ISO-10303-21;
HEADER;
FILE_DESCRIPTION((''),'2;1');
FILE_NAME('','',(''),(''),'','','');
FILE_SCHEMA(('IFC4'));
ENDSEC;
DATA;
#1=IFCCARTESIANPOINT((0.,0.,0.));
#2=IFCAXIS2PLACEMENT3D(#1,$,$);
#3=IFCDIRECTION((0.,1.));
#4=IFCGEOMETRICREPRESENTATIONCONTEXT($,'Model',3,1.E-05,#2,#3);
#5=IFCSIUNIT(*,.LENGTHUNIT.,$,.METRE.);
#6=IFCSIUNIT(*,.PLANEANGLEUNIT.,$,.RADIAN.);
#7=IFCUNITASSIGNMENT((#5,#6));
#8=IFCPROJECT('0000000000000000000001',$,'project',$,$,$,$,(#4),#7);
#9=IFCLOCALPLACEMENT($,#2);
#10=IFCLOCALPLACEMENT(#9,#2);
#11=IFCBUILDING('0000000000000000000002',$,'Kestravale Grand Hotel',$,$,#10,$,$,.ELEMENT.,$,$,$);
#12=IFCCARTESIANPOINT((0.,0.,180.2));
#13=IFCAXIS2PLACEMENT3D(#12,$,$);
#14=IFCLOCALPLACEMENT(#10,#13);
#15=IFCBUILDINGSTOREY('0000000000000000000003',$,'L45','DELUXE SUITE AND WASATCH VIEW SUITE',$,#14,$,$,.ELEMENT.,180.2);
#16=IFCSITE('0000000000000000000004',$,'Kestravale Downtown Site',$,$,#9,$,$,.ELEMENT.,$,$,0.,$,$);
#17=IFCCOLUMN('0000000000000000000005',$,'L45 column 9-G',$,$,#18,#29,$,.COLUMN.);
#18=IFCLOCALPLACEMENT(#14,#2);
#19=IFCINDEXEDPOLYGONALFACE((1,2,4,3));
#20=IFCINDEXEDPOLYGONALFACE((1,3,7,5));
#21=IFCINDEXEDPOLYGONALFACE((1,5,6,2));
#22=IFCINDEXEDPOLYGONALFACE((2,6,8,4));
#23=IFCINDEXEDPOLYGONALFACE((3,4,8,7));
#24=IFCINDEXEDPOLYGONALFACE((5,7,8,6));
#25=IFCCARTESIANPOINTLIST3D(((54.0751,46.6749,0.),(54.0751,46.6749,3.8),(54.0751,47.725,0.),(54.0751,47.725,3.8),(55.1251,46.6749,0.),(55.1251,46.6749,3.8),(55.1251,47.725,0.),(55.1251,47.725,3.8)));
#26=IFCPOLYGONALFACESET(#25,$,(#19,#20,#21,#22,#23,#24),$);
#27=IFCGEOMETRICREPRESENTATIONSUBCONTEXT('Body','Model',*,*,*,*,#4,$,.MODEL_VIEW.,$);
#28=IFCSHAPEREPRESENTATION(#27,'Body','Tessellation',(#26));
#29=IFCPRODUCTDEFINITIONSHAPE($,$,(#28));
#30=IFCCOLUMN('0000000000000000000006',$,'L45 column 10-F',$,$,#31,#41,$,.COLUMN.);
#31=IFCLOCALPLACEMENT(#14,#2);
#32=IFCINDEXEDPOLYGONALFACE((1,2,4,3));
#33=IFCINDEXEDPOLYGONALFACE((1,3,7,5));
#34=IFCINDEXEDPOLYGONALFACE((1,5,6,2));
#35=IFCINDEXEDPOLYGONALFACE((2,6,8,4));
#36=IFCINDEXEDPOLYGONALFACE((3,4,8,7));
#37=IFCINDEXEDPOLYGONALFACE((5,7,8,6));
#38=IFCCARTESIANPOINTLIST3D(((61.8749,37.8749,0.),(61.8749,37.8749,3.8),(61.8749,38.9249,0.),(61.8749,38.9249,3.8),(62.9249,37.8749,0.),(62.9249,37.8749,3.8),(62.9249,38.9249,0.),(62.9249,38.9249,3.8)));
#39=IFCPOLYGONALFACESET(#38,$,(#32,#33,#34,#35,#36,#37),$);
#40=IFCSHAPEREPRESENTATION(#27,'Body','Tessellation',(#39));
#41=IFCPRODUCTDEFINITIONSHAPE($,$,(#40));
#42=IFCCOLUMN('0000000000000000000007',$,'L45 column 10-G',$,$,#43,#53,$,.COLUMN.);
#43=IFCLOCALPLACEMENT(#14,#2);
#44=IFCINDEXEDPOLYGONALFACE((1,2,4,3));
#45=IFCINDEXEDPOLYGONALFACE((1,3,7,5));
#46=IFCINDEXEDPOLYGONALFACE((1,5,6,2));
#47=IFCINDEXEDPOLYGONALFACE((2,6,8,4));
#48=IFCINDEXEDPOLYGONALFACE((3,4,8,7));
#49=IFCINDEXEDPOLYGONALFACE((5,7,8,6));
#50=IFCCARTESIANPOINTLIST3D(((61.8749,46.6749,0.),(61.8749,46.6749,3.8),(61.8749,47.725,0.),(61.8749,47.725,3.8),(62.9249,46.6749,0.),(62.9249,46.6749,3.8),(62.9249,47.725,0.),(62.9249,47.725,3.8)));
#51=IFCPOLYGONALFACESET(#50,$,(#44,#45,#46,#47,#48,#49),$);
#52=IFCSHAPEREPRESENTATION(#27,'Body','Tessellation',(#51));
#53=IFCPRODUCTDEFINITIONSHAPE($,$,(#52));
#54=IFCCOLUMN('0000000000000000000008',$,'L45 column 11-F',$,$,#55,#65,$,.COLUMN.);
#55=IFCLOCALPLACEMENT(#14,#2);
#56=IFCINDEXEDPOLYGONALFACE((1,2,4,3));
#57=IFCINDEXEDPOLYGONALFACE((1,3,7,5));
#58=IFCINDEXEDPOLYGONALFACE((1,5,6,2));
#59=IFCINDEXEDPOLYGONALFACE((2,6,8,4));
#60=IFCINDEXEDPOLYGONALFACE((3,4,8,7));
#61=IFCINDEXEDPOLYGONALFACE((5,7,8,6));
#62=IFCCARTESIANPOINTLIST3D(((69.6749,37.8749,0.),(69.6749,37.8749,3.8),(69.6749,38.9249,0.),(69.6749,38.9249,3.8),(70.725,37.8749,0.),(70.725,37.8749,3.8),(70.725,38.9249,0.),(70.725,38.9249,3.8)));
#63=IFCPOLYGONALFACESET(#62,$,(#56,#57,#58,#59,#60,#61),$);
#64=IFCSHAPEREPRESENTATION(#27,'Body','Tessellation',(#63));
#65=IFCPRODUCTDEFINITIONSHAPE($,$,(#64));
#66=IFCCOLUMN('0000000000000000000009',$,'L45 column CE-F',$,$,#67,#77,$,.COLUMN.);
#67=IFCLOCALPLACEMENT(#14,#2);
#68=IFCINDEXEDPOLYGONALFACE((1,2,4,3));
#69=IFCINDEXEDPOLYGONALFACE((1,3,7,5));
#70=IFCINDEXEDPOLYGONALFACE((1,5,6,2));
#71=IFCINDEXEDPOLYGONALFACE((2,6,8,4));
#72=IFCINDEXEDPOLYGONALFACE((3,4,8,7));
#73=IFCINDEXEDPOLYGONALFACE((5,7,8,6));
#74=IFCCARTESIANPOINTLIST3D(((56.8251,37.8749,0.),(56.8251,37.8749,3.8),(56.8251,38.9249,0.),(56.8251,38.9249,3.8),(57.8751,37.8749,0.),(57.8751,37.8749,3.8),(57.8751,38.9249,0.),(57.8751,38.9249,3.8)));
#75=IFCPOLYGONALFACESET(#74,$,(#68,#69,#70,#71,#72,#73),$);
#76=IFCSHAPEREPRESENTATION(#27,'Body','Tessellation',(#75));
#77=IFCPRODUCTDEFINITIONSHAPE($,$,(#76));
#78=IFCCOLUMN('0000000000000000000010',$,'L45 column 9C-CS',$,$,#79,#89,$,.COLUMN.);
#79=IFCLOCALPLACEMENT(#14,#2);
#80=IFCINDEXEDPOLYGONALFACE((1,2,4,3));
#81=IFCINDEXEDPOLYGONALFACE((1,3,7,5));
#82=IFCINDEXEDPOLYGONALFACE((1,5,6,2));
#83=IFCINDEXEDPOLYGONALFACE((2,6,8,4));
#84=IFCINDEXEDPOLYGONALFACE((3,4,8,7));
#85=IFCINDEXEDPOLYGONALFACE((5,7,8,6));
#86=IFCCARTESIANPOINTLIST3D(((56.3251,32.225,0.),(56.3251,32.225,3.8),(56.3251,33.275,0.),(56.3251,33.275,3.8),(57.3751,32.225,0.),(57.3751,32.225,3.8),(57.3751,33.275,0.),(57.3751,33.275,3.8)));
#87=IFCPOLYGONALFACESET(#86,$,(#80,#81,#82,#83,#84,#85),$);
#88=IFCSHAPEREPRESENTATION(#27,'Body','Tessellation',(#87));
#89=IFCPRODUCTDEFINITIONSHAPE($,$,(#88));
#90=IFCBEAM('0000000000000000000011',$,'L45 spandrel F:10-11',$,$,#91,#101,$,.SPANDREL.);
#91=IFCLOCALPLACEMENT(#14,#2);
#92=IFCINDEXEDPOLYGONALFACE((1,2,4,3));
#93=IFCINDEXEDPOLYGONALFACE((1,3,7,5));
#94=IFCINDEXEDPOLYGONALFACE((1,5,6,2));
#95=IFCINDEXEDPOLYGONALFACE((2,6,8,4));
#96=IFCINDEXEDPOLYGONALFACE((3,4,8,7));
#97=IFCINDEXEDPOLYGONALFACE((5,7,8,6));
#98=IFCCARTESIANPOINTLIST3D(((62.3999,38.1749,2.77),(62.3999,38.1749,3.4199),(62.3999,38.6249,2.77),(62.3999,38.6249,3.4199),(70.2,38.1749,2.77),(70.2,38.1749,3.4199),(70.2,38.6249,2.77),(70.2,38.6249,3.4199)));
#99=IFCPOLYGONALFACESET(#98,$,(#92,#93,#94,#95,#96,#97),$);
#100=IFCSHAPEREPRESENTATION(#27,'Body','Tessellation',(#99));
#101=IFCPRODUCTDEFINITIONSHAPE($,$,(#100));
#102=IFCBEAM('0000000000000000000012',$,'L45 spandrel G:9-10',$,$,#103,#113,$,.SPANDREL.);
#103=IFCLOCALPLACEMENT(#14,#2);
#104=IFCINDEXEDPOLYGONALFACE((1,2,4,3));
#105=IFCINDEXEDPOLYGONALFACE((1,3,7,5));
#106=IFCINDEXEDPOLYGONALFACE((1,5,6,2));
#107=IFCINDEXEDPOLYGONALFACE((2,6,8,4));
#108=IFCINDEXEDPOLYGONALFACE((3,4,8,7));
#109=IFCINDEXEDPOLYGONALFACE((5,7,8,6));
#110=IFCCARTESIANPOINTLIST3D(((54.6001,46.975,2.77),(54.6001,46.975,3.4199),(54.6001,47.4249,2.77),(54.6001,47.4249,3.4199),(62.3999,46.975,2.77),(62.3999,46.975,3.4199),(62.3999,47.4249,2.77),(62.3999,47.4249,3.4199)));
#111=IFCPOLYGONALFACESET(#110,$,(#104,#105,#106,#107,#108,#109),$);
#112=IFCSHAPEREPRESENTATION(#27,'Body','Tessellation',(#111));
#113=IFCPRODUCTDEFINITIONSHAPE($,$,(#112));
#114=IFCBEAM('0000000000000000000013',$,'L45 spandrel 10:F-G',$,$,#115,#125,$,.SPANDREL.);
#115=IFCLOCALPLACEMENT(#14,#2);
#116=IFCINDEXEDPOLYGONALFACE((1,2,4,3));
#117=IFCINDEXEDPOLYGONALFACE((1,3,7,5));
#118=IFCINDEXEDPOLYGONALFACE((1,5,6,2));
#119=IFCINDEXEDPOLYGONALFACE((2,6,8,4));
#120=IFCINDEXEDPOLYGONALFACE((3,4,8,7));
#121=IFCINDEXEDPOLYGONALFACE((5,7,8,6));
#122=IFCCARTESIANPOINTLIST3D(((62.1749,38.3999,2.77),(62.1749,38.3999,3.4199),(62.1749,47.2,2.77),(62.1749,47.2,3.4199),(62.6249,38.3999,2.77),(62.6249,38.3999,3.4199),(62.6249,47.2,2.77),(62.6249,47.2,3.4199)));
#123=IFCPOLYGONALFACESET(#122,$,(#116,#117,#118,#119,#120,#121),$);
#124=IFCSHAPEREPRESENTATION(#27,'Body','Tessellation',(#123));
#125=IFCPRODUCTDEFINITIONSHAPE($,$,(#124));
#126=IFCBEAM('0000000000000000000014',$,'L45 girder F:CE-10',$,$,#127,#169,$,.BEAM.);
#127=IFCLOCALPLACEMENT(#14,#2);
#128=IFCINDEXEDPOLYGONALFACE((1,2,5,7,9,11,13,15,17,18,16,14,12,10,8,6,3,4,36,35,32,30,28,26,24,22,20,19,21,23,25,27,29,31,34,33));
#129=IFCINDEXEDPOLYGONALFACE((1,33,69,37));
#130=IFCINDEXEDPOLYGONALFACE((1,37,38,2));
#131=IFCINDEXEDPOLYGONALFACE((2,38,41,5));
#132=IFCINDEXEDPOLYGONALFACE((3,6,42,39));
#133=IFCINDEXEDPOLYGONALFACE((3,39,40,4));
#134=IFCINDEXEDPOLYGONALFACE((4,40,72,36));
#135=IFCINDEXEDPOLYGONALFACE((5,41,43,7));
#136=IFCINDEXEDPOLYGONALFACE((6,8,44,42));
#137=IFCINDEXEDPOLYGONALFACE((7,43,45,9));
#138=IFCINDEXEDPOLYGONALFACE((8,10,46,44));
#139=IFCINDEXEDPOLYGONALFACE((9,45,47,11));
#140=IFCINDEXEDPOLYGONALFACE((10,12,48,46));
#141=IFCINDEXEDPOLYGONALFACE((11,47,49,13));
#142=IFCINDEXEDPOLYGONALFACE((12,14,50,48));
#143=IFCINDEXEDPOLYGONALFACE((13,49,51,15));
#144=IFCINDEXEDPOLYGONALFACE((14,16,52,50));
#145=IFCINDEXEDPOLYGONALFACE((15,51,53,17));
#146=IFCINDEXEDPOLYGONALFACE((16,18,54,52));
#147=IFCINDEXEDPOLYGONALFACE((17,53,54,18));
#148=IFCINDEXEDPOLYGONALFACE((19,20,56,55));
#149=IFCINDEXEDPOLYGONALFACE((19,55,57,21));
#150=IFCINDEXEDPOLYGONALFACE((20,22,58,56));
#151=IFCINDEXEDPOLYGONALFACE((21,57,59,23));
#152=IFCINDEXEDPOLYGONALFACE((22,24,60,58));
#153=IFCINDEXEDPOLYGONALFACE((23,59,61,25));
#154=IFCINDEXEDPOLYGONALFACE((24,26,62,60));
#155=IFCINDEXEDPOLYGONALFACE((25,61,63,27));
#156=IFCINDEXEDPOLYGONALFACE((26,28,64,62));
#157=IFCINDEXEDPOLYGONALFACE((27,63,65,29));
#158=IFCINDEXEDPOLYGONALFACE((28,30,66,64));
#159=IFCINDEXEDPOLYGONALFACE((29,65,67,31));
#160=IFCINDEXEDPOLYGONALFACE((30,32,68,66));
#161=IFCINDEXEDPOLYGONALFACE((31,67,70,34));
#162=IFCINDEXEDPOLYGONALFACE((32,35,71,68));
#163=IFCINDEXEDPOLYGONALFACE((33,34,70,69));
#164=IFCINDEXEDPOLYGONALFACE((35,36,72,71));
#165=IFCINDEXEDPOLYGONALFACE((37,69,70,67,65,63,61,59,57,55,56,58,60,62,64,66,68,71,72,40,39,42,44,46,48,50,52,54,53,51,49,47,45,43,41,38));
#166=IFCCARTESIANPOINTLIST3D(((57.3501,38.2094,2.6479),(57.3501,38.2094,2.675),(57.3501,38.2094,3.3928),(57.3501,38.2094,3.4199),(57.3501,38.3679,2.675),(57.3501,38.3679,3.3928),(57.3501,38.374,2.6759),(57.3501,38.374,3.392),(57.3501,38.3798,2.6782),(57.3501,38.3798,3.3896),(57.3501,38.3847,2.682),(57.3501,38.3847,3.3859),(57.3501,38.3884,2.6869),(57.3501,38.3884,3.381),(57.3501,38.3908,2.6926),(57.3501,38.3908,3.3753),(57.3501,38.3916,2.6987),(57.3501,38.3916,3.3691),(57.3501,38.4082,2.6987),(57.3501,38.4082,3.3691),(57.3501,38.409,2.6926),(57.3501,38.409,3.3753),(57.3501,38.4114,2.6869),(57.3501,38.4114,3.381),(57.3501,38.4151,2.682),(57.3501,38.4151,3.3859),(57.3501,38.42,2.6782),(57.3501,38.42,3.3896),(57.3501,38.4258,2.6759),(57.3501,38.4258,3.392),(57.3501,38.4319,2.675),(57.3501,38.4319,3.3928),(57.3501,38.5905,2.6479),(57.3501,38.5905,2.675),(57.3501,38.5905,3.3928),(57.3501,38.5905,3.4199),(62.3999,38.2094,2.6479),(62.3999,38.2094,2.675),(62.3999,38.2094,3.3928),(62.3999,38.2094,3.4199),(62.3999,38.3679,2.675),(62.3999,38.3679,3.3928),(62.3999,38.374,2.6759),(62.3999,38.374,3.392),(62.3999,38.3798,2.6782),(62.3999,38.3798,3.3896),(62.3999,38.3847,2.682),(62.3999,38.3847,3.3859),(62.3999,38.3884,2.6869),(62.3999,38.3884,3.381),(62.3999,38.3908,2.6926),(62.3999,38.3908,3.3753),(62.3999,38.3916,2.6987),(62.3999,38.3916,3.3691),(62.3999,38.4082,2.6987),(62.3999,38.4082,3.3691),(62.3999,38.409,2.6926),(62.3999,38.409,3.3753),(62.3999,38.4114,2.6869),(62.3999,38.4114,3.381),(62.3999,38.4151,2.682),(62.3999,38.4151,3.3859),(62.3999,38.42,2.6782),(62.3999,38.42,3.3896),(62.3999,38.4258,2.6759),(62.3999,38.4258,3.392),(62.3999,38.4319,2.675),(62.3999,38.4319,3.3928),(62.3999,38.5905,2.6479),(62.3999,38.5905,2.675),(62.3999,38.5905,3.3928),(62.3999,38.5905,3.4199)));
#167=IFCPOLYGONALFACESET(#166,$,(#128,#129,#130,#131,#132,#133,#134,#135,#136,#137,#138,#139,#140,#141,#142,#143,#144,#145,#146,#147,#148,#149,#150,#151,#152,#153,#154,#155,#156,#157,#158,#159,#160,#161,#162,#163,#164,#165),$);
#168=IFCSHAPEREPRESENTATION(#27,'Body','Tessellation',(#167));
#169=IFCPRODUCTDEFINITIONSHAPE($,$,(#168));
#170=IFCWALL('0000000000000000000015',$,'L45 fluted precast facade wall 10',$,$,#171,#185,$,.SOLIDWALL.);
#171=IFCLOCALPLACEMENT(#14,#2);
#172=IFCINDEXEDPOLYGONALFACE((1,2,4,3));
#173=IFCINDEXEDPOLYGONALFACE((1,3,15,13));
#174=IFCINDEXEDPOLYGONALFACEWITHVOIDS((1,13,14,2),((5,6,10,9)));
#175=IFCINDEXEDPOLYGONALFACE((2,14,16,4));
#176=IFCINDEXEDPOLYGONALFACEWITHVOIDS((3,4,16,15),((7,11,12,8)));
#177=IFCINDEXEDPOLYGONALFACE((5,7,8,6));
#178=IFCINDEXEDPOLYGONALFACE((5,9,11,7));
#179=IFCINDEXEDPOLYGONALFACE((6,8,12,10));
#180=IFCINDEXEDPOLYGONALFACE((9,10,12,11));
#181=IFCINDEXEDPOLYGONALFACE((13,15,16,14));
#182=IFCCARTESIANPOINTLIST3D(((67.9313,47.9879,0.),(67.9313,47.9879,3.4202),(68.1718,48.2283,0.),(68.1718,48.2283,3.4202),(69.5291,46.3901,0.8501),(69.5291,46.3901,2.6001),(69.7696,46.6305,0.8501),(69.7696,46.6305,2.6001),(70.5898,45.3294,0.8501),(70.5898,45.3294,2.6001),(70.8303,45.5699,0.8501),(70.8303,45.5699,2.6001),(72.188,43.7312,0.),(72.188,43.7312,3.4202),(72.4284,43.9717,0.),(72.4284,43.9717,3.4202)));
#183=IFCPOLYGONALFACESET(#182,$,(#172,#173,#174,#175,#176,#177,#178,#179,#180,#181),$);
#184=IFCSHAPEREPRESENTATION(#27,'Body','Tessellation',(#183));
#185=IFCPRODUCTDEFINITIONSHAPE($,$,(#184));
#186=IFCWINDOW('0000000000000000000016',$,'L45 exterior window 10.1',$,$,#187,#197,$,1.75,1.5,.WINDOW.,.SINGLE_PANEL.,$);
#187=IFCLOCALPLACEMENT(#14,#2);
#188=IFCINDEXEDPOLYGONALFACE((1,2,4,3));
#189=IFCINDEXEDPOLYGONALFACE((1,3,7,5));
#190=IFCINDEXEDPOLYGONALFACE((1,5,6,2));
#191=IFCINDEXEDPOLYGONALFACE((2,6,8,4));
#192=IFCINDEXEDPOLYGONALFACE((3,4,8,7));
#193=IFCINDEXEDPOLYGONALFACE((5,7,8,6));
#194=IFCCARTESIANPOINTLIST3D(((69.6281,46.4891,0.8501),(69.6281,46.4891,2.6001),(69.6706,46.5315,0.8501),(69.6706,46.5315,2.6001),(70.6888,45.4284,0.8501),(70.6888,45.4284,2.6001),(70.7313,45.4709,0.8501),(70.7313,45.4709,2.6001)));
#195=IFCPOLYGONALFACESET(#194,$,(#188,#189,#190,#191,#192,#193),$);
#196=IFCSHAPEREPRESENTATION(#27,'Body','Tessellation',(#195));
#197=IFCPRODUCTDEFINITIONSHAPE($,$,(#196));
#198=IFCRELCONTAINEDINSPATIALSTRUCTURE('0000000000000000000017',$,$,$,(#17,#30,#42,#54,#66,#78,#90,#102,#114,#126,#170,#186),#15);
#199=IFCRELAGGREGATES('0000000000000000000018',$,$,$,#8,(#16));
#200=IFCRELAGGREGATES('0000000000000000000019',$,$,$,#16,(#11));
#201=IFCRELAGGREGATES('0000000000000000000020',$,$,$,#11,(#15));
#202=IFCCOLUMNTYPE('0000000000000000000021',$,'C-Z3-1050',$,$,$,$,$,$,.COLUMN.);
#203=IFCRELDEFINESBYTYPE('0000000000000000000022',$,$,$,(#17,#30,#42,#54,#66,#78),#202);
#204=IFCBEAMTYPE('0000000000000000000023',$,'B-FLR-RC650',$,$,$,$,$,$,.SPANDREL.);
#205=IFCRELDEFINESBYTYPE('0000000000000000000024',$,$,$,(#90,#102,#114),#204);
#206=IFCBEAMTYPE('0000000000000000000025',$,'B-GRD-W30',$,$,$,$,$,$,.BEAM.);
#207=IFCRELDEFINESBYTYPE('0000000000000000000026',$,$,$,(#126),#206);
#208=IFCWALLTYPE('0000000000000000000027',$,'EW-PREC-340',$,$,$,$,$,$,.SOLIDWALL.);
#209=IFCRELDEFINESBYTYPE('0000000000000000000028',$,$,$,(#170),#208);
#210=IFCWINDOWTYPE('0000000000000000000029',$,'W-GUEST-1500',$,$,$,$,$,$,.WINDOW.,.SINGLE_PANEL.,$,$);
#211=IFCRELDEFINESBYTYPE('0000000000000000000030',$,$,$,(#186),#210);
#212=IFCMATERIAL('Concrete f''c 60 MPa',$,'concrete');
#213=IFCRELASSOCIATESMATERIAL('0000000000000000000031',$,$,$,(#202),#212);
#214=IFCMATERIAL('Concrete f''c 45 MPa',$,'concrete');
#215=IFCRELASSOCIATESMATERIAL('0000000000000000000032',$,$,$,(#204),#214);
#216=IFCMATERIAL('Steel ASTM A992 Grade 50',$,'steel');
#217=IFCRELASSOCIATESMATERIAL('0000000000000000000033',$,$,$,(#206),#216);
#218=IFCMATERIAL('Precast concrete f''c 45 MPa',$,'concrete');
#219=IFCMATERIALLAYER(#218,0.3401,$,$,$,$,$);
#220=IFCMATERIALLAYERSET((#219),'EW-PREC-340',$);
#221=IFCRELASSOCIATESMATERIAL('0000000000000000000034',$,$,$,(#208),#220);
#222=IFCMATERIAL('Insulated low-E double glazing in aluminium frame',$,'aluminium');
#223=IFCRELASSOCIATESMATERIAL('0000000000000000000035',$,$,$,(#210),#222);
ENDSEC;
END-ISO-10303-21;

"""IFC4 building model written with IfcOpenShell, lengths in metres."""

from ifc_helpers import new_model, si_unit, direction, frame, frame_2d, origin, origin_2d, place, context, subcontext, project, spatial, rectangle, i_section, extrude, material, layer, layer_set, material_profile, profile_set, type_object, element, fill, save


model = new_model("IFC4")

# Units and contexts
model_context = context("Model", 3, precision=1e-05, world=origin(), true_north=direction((0.0, 1.0)))
body_context = subcontext(model_context, "Body", "Model", "MODEL_VIEW")
ifc_project = project(units=[si_unit("LENGTHUNIT", "METRE"), si_unit("PLANEANGLEUNIT", "RADIAN")], contexts=[model_context])

# Site, building, storey
site_placement = place(None, origin())
site = spatial("IfcSite", under=ifc_project, at=site_placement, Name="Kestravale Downtown Site", CompositionType="ELEMENT", RefElevation=0.0)
building_placement = place(site_placement, origin())
building = spatial("IfcBuilding", under=site, at=building_placement, Name="Kestravale Grand Hotel", CompositionType="ELEMENT")
storey_placement = place(building_placement, frame((0.0, 0.0, 180.2)))
storey = spatial("IfcBuildingStorey", under=building, at=storey_placement, Name="L45", Description="DELUXE SUITE AND WASATCH VIEW SUITE", CompositionType="ELEMENT", Elevation=180.2)

# Columns
ifc_material_1 = material(Name="Concrete f'c 60 MPa", Category="concrete")
ifc_material_profile_1 = material_profile(ifc_material_1, rectangle(XDim=1.05, YDim=1.05, at=origin_2d()))
ifc_profile_set_1 = profile_set([ifc_material_profile_1], Name="Concrete f'c 60 MPa")
column_type = type_object("IfcColumnType", Name="C-Z3-1050", PredefinedType="COLUMN", material=ifc_profile_set_1)
for number, where, z_axis, x_axis, name in (
    (1, (54.6001, 47.2, 0.0), (0.0, 0.0, 1.0), (1.0, 0.0, 0.0), "L45 column 9-G"),
    (2, (62.3999, 38.3999, 0.0), (0.0, 0.0, 1.0), (1.0, 0.0, 0.0), "L45 column 10-F"),
    (3, (62.3999, 47.2, 0.0), (0.0, 0.0, 1.0), (1.0, 0.0, 0.0), "L45 column 10-G"),
    (4, (70.2, 38.3999, 0.0), (0.0, 0.0, 1.0), (1.0, 0.0, 0.0), "L45 column 11-F"),
    (5, (57.3501, 38.3999, 0.0), (0.0, 0.0, 1.0), (1.0, 0.0, 0.0), "L45 column CE-F"),
    (6, (56.8501, 32.75, 0.0), (0.0, 0.0, 1.0), (1.0, 0.0, 0.0), "L45 column 9C-CS"),
):
    element("IfcColumn", number, at=place(storey_placement, frame(where, z_axis=z_axis, x_axis=x_axis)), inside=storey, type_object=column_type, Name=name, PredefinedType="COLUMN", context=body_context, shape_type="SweptSolid", body=[
        extrude(rectangle(XDim=1.05, YDim=1.05, at=origin_2d()), origin(), (0.0, 0.0, 1.0), 3.8),
    ])

# Beams
ifc_material_2 = material(Name="Concrete f'c 45 MPa", Category="concrete")
ifc_material_profile_2 = material_profile(ifc_material_2, rectangle(XDim=0.45, YDim=0.6499, at=origin_2d()))
ifc_profile_set_2 = profile_set([ifc_material_profile_2], Name="Concrete f'c 45 MPa")
beam_type_1 = type_object("IfcBeamType", Name="B-FLR-RC650", PredefinedType="SPANDREL", material=ifc_profile_set_2)
beam_1_placement = place(storey_placement, frame((62.3999, 38.3999, 3.095), z_axis=(1.0, 0.0, 0.0), x_axis=(0.0, 1.0, 0.0)))
element("IfcBeam", 7, at=beam_1_placement, inside=storey, type_object=beam_type_1, Name="L45 spandrel F:10-11", PredefinedType="SPANDREL", context=body_context, shape_type="SweptSolid", body=[
    extrude(rectangle(XDim=0.45, YDim=0.6499, at=origin_2d()), origin(), (0.0, 0.0, 1.0), 7.8),
])
beam_2_placement = place(storey_placement, frame((54.6001, 47.2, 3.095), z_axis=(1.0, 0.0, 0.0), x_axis=(0.0, 1.0, 0.0)))
element("IfcBeam", 8, at=beam_2_placement, inside=storey, type_object=beam_type_1, Name="L45 spandrel G:9-10", PredefinedType="SPANDREL", context=body_context, shape_type="SweptSolid", body=[
    extrude(rectangle(XDim=0.45, YDim=0.6499, at=origin_2d()), origin(), (0.0, 0.0, 1.0), 7.7998),
])
beam_3_placement = place(storey_placement, frame((62.3999, 38.3999, 3.095), z_axis=(0.0, 1.0, 0.0), x_axis=(-1.0, 0.0, 0.0)))
element("IfcBeam", 9, at=beam_3_placement, inside=storey, type_object=beam_type_1, Name="L45 spandrel 10:F-G", PredefinedType="SPANDREL", context=body_context, shape_type="SweptSolid", body=[
    extrude(rectangle(XDim=0.45, YDim=0.6499, at=origin_2d()), origin(), (0.0, 0.0, 1.0), 8.8),
])
ifc_material_3 = material(Name="Steel ASTM A992 Grade 50", Category="steel")
ifc_material_profile_3 = material_profile(ifc_material_3, i_section(OverallWidth=0.3811, OverallDepth=0.772, WebThickness=0.0166, FlangeThickness=0.0271, FilletRadius=0.0237, at=origin_2d()))
ifc_profile_set_3 = profile_set([ifc_material_profile_3], Name="Steel ASTM A992 Grade 50")
beam_type_2 = type_object("IfcBeamType", Name="B-GRD-W30", PredefinedType="BEAM", material=ifc_profile_set_3)
beam_4_placement = place(storey_placement, frame((57.3501, 38.3999, 3.0339), z_axis=(1.0, 0.0, 0.0), x_axis=(0.0, 1.0, 0.0)))
element("IfcBeam", 10, at=beam_4_placement, inside=storey, type_object=beam_type_2, Name="L45 girder F:CE-10", PredefinedType="BEAM", context=body_context, shape_type="SweptSolid", body=[
    extrude(i_section(OverallWidth=0.3811, OverallDepth=0.772, WebThickness=0.0166, FlangeThickness=0.0271, FilletRadius=0.0237, at=origin_2d()), origin(), (0.0, 0.0, 1.0), 5.0498),
])

# Wall, opening, window
ifc_material_4 = material(Name="Precast concrete f'c 45 MPa", Category="concrete")
ifc_layer_1 = layer(ifc_material_4, 0.3401)
ifc_layer_set_1 = layer_set([ifc_layer_1], Name="EW-PREC-340")
wall_type_1 = type_object("IfcWallType", Name="EW-PREC-340", PredefinedType="SOLIDWALL", material=ifc_layer_set_1)
wall_1_placement = place(storey_placement, frame((72.3081, 43.8516, 0.0), z_axis=(0.0, 0.0, 1.0), x_axis=(-0.707107, 0.707107, 0.0)))
wall_1 = element("IfcWall", 11, at=wall_1_placement, inside=storey, type_object=wall_type_1, Name="L45 fluted precast facade wall 10", PredefinedType="SOLIDWALL", context=body_context, shape_type="SweptSolid", body=[
    extrude(rectangle(XDim=6.0198, YDim=0.3401, at=frame_2d((3.0098, 0.0))), origin(), (0.0, 0.0, 1.0), 3.4202),
])
opening_1_placement = place(wall_1_placement, frame((2.26, 0.0, 0.8501)))
opening_1 = element("IfcOpeningElement", 12, at=opening_1_placement, cuts=wall_1, PredefinedType="OPENING", context=body_context, shape_type="SweptSolid", body=[
    extrude(rectangle(XDim=1.5, YDim=1.75, at=frame_2d((0.75, 0.875))), frame((0.0, 0.1799, 0.0), z_axis=(0.0, -1.0, 0.0), x_axis=(1.0, 0.0, 0.0)), (0.0, 0.0, 1.0), 0.3601),
])
ifc_material_5 = material(Name="Insulated low-E double glazing in aluminium frame", Category="aluminium")
window_type = type_object("IfcWindowType", Name="W-GUEST-1500", PartitioningType="SINGLE_PANEL", PredefinedType="WINDOW", material=ifc_material_5)
window_1_placement = place(opening_1_placement, origin())
window_1 = element("IfcWindow", 13, at=window_1_placement, inside=storey, type_object=window_type, Name="L45 exterior window 10.1", OverallHeight=1.75, OverallWidth=1.5, PartitioningType="SINGLE_PANEL", PredefinedType="WINDOW", context=body_context, shape_type="SweptSolid", body=[
    extrude(rectangle(XDim=1.5, YDim=1.75, at=frame_2d((0.75, 0.875))), frame((0.0, 0.03, 0.0), z_axis=(0.0, -1.0, 0.0), x_axis=(1.0, 0.0, 0.0)), (0.0, 0.0, 1.0), 0.0601),
])
fill(opening_1, window_1)

save(model, "model.ifc")
